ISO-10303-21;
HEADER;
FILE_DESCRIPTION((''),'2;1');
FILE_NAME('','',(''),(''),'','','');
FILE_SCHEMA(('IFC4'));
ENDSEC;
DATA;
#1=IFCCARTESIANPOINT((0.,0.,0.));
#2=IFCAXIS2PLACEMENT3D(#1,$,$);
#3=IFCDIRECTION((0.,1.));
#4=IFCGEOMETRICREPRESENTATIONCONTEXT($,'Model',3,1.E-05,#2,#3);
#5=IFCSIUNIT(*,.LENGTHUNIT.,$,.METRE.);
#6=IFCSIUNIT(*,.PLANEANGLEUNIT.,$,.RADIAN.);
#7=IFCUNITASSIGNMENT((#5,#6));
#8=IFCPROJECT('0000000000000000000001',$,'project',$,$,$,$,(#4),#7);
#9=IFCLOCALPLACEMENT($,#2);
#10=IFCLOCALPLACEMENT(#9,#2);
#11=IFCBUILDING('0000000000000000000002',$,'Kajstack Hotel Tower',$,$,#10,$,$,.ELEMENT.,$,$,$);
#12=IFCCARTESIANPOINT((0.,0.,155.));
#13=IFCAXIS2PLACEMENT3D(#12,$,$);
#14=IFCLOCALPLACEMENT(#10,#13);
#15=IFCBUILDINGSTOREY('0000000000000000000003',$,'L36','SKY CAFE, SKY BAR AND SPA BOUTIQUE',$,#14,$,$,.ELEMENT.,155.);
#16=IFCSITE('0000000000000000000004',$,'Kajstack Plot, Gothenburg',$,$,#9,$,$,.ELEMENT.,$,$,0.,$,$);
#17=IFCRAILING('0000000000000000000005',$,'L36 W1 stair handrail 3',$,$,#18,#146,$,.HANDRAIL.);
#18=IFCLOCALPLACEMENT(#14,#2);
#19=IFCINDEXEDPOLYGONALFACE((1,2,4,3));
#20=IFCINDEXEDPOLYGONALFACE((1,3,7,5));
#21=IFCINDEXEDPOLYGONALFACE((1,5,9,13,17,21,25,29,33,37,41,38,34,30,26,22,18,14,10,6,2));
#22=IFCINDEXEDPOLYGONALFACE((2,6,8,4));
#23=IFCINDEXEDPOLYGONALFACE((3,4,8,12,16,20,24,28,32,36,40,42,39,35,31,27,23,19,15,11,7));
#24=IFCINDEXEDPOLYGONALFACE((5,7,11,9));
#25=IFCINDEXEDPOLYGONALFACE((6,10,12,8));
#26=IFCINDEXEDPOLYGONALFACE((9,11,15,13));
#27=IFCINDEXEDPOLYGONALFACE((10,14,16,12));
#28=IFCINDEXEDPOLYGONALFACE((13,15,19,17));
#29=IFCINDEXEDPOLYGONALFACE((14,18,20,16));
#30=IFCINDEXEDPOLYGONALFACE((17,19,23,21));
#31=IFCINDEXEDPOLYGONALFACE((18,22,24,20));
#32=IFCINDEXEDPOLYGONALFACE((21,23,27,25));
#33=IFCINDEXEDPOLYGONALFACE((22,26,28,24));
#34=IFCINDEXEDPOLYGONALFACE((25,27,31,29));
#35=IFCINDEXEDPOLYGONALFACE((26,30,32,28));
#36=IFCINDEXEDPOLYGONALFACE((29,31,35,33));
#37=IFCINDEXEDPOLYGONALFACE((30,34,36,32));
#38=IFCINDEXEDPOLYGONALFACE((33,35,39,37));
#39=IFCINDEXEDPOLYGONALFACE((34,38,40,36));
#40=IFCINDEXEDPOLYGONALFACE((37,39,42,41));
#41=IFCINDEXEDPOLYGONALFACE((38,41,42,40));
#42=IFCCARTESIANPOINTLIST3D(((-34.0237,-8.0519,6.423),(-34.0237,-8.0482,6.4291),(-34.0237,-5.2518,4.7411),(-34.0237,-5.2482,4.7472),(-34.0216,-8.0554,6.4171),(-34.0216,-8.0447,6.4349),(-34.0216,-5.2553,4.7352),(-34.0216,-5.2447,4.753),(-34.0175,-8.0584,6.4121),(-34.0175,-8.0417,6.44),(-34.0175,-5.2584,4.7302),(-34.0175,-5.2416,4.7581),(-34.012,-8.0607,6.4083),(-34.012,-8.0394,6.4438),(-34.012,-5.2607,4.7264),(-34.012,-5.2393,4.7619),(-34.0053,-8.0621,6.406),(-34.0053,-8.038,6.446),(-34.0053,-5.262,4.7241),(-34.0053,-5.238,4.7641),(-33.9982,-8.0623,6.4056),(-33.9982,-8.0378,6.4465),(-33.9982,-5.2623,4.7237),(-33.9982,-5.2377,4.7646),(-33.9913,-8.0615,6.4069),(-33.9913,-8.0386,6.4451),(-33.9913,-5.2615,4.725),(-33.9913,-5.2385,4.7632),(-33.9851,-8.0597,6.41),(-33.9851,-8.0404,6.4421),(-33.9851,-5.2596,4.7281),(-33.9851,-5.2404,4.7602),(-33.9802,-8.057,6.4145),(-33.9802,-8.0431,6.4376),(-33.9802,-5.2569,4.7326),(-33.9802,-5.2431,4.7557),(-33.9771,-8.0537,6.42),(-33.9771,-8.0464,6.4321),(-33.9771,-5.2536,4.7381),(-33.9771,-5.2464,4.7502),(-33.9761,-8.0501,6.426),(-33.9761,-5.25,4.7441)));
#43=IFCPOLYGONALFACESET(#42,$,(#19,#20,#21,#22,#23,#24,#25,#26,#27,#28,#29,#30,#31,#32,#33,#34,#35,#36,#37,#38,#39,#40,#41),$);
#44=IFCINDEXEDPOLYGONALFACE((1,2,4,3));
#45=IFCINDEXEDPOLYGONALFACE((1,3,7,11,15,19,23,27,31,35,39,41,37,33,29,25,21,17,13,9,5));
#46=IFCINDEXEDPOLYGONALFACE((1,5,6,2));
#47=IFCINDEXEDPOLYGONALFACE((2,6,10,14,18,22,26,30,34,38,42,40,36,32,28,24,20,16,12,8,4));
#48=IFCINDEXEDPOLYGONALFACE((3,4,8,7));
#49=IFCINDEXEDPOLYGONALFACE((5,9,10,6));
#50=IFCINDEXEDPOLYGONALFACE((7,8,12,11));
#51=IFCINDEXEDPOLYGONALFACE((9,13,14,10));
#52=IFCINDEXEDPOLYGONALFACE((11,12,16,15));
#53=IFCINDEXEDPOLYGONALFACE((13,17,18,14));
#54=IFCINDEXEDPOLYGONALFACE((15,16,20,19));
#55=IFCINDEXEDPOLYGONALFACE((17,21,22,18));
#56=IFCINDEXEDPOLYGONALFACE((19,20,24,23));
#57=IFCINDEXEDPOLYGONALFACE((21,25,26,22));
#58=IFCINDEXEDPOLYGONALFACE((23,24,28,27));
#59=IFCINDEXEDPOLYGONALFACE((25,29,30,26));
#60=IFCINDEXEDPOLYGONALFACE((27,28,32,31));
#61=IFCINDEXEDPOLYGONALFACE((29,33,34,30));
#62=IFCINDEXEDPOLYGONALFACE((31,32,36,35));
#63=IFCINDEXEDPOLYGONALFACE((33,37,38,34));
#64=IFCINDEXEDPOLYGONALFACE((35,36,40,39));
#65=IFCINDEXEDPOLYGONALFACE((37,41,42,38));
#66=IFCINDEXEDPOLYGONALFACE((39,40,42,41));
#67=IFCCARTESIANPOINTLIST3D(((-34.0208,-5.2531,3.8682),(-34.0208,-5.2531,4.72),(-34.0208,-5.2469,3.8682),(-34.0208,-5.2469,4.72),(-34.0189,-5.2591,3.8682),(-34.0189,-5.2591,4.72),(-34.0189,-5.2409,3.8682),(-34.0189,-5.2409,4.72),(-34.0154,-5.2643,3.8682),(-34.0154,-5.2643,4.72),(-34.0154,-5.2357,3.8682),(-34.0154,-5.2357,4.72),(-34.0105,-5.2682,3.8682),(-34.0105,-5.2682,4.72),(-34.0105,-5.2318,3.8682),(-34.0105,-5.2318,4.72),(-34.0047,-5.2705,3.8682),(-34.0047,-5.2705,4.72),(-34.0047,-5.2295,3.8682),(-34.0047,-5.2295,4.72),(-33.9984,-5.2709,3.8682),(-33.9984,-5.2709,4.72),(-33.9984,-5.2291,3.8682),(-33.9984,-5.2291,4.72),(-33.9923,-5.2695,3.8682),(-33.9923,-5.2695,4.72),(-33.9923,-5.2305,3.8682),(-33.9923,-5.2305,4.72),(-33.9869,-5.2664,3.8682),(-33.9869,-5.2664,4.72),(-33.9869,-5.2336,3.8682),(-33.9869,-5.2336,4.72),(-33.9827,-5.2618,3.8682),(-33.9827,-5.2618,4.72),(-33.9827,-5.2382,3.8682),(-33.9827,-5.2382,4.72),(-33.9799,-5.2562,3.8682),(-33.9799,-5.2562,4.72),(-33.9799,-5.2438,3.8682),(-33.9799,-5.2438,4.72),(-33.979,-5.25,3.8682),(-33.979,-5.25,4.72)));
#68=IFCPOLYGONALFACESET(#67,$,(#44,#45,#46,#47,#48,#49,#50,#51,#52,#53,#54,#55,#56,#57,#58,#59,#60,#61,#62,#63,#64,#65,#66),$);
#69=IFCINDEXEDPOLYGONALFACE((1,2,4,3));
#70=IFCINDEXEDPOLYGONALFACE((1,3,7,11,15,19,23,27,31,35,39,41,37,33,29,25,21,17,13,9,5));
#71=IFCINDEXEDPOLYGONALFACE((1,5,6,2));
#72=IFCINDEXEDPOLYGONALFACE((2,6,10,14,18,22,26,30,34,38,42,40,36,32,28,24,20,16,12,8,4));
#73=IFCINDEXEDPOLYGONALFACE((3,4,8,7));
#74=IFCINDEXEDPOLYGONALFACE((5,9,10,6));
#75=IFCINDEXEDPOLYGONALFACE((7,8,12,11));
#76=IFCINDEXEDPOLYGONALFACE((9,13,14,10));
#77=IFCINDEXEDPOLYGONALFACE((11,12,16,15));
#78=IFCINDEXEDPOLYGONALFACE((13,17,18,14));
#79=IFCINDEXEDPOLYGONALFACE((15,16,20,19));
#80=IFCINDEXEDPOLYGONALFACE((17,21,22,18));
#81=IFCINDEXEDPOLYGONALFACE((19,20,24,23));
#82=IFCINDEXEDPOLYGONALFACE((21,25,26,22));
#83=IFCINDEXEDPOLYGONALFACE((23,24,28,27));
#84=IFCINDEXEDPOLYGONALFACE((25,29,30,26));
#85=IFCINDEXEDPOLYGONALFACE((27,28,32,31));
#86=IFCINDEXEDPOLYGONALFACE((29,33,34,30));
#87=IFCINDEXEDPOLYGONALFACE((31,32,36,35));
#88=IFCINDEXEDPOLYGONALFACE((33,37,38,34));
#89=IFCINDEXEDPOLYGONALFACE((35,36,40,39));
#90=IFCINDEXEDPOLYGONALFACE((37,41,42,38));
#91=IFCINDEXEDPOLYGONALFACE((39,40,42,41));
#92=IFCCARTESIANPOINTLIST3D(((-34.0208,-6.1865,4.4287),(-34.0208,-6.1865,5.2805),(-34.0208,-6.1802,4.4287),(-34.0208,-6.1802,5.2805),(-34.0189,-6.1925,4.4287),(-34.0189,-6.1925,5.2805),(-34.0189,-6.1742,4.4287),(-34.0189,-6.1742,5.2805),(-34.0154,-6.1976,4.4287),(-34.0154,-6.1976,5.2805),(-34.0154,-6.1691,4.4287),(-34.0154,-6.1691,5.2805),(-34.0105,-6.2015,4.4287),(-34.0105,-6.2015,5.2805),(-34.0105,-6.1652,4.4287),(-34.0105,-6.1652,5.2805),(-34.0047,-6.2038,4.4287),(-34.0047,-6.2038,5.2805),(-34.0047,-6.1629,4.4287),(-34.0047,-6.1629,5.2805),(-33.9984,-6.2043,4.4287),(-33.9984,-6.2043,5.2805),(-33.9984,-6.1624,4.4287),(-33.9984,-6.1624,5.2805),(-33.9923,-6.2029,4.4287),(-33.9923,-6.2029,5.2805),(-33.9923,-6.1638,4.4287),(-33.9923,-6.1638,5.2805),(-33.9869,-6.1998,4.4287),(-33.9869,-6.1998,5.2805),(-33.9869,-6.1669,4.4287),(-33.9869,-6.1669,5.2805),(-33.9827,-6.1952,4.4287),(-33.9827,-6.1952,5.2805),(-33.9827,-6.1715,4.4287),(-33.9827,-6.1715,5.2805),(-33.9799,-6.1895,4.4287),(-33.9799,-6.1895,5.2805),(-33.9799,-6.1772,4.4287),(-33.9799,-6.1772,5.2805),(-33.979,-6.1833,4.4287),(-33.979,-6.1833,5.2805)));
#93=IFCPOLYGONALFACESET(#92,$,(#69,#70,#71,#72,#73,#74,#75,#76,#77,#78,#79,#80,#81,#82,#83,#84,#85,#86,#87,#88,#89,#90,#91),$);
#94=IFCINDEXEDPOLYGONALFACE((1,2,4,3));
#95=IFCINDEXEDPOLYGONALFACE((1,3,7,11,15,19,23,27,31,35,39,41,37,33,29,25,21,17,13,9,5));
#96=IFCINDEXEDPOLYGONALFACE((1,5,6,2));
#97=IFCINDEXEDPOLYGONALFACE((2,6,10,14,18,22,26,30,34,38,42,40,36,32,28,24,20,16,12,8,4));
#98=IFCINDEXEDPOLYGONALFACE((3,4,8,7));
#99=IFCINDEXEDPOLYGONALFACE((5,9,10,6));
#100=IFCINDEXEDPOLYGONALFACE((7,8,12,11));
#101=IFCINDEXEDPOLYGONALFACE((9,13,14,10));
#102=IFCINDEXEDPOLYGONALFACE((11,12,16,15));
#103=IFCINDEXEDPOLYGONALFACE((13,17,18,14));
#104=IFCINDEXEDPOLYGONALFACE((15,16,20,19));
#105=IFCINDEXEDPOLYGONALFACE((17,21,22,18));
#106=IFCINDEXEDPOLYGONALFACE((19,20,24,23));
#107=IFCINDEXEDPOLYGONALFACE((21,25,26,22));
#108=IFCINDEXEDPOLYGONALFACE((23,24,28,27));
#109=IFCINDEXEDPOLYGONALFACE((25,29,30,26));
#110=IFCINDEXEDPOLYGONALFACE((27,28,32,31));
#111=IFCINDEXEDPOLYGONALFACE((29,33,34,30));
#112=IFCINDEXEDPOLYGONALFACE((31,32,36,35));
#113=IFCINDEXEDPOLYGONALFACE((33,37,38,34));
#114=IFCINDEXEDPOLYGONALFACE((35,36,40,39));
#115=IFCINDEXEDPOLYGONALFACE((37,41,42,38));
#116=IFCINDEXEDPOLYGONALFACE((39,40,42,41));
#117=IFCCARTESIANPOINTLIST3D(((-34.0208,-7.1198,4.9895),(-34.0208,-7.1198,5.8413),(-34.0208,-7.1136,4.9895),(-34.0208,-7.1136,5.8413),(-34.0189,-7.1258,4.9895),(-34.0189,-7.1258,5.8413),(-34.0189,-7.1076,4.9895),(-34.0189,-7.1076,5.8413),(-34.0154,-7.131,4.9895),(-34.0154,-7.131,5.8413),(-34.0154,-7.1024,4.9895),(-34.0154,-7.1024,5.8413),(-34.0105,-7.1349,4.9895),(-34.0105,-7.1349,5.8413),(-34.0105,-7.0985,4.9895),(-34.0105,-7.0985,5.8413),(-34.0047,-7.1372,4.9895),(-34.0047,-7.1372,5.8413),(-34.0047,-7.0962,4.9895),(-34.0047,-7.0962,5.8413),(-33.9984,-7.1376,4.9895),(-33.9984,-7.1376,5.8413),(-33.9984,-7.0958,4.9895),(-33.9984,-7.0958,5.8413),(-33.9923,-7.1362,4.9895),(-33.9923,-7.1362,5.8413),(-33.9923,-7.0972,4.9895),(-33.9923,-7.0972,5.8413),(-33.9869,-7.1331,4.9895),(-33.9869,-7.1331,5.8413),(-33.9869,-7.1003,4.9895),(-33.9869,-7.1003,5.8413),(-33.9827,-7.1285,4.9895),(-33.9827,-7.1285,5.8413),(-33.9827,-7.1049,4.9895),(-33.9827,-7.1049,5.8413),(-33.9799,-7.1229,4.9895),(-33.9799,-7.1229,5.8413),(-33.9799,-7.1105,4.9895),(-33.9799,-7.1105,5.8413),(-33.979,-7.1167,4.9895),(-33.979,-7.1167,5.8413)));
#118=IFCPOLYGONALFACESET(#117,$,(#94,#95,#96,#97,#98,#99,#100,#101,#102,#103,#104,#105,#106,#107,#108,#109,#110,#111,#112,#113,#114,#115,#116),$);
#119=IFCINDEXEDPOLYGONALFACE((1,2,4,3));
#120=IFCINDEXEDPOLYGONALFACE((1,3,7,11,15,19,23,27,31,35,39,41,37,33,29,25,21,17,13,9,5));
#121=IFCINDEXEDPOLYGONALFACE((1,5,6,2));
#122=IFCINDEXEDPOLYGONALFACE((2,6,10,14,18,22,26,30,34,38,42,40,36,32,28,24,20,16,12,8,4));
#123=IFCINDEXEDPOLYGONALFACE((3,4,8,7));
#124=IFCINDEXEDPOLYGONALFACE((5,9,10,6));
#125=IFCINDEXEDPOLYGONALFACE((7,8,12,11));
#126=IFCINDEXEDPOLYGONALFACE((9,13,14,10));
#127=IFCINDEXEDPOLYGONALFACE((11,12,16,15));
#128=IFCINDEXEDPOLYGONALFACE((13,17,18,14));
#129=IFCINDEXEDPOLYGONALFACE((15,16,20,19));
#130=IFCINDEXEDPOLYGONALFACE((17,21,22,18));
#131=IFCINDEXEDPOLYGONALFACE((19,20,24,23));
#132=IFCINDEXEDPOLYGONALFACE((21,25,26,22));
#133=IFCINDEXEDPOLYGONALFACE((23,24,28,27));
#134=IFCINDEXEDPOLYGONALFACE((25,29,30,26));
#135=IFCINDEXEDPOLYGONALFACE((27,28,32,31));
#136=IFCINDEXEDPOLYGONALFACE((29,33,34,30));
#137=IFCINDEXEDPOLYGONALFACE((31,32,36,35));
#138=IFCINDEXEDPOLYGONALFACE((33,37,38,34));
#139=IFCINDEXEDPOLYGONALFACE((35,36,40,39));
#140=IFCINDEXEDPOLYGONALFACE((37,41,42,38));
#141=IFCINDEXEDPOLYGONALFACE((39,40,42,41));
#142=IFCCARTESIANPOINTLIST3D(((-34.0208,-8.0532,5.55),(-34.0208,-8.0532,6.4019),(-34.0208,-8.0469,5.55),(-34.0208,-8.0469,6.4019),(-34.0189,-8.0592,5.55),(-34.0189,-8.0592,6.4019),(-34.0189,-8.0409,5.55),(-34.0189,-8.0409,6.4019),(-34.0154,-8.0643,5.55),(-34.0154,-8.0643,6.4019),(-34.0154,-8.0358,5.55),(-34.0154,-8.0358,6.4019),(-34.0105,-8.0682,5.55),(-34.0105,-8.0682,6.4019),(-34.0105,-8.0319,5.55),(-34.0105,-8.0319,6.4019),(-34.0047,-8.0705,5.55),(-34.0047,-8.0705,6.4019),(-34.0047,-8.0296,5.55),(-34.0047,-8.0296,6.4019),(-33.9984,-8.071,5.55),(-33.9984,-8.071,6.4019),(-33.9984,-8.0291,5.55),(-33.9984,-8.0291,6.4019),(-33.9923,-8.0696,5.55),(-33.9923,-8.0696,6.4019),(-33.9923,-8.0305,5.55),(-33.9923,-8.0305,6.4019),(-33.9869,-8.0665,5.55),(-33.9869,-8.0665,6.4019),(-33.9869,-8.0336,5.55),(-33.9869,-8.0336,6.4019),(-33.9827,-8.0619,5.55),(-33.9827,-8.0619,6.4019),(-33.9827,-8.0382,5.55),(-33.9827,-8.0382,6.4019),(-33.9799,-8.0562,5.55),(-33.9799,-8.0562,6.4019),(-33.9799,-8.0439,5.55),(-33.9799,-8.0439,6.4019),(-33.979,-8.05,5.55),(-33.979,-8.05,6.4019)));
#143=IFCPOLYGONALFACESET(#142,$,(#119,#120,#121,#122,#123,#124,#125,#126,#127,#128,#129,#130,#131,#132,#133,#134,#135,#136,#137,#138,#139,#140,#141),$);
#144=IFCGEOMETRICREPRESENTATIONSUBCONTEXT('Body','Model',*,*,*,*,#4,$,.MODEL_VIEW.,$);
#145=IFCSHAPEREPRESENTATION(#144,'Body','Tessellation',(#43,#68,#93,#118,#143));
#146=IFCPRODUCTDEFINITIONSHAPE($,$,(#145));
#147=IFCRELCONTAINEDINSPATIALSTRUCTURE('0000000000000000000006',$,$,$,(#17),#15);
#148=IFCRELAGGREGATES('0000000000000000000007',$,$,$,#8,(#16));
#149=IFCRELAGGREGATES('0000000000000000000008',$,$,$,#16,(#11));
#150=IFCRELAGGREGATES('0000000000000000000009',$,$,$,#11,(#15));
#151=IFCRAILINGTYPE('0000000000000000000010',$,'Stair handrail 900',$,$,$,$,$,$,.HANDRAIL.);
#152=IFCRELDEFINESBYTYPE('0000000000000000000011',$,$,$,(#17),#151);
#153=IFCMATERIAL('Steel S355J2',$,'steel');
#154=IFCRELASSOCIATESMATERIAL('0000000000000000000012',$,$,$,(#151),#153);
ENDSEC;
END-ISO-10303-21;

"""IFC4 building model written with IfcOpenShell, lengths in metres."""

from ifc_helpers import new_model, si_unit, direction, frame, origin, origin_2d, place, context, subcontext, project, spatial, circle, extrude, material, type_object, element, save


model = new_model("IFC4")

# Units and contexts
model_context = context("Model", 3, precision=1e-05, world=origin(), true_north=direction((0.0, 1.0)))
body_context = subcontext(model_context, "Body", "Model", "MODEL_VIEW")
ifc_project = project(units=[si_unit("LENGTHUNIT", "METRE"), si_unit("PLANEANGLEUNIT", "RADIAN")], contexts=[model_context])

# Site, building, storey
site_placement = place(None, origin())
site = spatial("IfcSite", under=ifc_project, at=site_placement, Name="Kajstack Plot, Gothenburg", CompositionType="ELEMENT", RefElevation=0.0)
building_placement = place(site_placement, origin())
building = spatial("IfcBuilding", under=site, at=building_placement, Name="Kajstack Hotel Tower", CompositionType="ELEMENT")
storey_placement = place(building_placement, frame((0.0, 0.0, 155.0)))
storey = spatial("IfcBuildingStorey", under=building, at=storey_placement, Name="L36", Description="SKY CAFE, SKY BAR AND SPA BOUTIQUE", CompositionType="ELEMENT", Elevation=155.0)

# Railing
ifc_material_1 = material(Name="Steel S355J2", Category="steel")
railing_type_1 = type_object("IfcRailingType", Name="Stair handrail 900", PredefinedType="HANDRAIL", material=ifc_material_1)
railing_1_placement = place(storey_placement, frame((-34.0, -5.25, 3.8682)))
element("IfcRailing", 1, at=railing_1_placement, inside=storey, type_object=railing_type_1, Name="L36 W1 stair handrail 3", PredefinedType="HANDRAIL", context=body_context, shape_type="SweptSolid", body=[
    extrude(circle(Radius=0.0239, at=origin_2d()), frame((0.0, 0.0, 0.876), z_axis=(0.0, -0.857242, 0.514913), x_axis=(1.0, 0.0, 0.0)), (0.0, 0.0, 1.0), 3.2664),
    extrude(circle(Radius=0.021, at=origin_2d()), origin(), (0.0, 0.0, 1.0), 0.8518),
    extrude(circle(Radius=0.021, at=origin_2d()), frame((0.0, -0.9333, 0.5605)), (0.0, 0.0, 1.0), 0.8518),
    extrude(circle(Radius=0.021, at=origin_2d()), frame((0.0, -1.8667, 1.1213)), (0.0, 0.0, 1.0), 0.8518),
    extrude(circle(Radius=0.021, at=origin_2d()), frame((0.0, -2.8, 1.6819)), (0.0, 0.0, 1.0), 0.8518),
])

save(model, "model.ifc")
